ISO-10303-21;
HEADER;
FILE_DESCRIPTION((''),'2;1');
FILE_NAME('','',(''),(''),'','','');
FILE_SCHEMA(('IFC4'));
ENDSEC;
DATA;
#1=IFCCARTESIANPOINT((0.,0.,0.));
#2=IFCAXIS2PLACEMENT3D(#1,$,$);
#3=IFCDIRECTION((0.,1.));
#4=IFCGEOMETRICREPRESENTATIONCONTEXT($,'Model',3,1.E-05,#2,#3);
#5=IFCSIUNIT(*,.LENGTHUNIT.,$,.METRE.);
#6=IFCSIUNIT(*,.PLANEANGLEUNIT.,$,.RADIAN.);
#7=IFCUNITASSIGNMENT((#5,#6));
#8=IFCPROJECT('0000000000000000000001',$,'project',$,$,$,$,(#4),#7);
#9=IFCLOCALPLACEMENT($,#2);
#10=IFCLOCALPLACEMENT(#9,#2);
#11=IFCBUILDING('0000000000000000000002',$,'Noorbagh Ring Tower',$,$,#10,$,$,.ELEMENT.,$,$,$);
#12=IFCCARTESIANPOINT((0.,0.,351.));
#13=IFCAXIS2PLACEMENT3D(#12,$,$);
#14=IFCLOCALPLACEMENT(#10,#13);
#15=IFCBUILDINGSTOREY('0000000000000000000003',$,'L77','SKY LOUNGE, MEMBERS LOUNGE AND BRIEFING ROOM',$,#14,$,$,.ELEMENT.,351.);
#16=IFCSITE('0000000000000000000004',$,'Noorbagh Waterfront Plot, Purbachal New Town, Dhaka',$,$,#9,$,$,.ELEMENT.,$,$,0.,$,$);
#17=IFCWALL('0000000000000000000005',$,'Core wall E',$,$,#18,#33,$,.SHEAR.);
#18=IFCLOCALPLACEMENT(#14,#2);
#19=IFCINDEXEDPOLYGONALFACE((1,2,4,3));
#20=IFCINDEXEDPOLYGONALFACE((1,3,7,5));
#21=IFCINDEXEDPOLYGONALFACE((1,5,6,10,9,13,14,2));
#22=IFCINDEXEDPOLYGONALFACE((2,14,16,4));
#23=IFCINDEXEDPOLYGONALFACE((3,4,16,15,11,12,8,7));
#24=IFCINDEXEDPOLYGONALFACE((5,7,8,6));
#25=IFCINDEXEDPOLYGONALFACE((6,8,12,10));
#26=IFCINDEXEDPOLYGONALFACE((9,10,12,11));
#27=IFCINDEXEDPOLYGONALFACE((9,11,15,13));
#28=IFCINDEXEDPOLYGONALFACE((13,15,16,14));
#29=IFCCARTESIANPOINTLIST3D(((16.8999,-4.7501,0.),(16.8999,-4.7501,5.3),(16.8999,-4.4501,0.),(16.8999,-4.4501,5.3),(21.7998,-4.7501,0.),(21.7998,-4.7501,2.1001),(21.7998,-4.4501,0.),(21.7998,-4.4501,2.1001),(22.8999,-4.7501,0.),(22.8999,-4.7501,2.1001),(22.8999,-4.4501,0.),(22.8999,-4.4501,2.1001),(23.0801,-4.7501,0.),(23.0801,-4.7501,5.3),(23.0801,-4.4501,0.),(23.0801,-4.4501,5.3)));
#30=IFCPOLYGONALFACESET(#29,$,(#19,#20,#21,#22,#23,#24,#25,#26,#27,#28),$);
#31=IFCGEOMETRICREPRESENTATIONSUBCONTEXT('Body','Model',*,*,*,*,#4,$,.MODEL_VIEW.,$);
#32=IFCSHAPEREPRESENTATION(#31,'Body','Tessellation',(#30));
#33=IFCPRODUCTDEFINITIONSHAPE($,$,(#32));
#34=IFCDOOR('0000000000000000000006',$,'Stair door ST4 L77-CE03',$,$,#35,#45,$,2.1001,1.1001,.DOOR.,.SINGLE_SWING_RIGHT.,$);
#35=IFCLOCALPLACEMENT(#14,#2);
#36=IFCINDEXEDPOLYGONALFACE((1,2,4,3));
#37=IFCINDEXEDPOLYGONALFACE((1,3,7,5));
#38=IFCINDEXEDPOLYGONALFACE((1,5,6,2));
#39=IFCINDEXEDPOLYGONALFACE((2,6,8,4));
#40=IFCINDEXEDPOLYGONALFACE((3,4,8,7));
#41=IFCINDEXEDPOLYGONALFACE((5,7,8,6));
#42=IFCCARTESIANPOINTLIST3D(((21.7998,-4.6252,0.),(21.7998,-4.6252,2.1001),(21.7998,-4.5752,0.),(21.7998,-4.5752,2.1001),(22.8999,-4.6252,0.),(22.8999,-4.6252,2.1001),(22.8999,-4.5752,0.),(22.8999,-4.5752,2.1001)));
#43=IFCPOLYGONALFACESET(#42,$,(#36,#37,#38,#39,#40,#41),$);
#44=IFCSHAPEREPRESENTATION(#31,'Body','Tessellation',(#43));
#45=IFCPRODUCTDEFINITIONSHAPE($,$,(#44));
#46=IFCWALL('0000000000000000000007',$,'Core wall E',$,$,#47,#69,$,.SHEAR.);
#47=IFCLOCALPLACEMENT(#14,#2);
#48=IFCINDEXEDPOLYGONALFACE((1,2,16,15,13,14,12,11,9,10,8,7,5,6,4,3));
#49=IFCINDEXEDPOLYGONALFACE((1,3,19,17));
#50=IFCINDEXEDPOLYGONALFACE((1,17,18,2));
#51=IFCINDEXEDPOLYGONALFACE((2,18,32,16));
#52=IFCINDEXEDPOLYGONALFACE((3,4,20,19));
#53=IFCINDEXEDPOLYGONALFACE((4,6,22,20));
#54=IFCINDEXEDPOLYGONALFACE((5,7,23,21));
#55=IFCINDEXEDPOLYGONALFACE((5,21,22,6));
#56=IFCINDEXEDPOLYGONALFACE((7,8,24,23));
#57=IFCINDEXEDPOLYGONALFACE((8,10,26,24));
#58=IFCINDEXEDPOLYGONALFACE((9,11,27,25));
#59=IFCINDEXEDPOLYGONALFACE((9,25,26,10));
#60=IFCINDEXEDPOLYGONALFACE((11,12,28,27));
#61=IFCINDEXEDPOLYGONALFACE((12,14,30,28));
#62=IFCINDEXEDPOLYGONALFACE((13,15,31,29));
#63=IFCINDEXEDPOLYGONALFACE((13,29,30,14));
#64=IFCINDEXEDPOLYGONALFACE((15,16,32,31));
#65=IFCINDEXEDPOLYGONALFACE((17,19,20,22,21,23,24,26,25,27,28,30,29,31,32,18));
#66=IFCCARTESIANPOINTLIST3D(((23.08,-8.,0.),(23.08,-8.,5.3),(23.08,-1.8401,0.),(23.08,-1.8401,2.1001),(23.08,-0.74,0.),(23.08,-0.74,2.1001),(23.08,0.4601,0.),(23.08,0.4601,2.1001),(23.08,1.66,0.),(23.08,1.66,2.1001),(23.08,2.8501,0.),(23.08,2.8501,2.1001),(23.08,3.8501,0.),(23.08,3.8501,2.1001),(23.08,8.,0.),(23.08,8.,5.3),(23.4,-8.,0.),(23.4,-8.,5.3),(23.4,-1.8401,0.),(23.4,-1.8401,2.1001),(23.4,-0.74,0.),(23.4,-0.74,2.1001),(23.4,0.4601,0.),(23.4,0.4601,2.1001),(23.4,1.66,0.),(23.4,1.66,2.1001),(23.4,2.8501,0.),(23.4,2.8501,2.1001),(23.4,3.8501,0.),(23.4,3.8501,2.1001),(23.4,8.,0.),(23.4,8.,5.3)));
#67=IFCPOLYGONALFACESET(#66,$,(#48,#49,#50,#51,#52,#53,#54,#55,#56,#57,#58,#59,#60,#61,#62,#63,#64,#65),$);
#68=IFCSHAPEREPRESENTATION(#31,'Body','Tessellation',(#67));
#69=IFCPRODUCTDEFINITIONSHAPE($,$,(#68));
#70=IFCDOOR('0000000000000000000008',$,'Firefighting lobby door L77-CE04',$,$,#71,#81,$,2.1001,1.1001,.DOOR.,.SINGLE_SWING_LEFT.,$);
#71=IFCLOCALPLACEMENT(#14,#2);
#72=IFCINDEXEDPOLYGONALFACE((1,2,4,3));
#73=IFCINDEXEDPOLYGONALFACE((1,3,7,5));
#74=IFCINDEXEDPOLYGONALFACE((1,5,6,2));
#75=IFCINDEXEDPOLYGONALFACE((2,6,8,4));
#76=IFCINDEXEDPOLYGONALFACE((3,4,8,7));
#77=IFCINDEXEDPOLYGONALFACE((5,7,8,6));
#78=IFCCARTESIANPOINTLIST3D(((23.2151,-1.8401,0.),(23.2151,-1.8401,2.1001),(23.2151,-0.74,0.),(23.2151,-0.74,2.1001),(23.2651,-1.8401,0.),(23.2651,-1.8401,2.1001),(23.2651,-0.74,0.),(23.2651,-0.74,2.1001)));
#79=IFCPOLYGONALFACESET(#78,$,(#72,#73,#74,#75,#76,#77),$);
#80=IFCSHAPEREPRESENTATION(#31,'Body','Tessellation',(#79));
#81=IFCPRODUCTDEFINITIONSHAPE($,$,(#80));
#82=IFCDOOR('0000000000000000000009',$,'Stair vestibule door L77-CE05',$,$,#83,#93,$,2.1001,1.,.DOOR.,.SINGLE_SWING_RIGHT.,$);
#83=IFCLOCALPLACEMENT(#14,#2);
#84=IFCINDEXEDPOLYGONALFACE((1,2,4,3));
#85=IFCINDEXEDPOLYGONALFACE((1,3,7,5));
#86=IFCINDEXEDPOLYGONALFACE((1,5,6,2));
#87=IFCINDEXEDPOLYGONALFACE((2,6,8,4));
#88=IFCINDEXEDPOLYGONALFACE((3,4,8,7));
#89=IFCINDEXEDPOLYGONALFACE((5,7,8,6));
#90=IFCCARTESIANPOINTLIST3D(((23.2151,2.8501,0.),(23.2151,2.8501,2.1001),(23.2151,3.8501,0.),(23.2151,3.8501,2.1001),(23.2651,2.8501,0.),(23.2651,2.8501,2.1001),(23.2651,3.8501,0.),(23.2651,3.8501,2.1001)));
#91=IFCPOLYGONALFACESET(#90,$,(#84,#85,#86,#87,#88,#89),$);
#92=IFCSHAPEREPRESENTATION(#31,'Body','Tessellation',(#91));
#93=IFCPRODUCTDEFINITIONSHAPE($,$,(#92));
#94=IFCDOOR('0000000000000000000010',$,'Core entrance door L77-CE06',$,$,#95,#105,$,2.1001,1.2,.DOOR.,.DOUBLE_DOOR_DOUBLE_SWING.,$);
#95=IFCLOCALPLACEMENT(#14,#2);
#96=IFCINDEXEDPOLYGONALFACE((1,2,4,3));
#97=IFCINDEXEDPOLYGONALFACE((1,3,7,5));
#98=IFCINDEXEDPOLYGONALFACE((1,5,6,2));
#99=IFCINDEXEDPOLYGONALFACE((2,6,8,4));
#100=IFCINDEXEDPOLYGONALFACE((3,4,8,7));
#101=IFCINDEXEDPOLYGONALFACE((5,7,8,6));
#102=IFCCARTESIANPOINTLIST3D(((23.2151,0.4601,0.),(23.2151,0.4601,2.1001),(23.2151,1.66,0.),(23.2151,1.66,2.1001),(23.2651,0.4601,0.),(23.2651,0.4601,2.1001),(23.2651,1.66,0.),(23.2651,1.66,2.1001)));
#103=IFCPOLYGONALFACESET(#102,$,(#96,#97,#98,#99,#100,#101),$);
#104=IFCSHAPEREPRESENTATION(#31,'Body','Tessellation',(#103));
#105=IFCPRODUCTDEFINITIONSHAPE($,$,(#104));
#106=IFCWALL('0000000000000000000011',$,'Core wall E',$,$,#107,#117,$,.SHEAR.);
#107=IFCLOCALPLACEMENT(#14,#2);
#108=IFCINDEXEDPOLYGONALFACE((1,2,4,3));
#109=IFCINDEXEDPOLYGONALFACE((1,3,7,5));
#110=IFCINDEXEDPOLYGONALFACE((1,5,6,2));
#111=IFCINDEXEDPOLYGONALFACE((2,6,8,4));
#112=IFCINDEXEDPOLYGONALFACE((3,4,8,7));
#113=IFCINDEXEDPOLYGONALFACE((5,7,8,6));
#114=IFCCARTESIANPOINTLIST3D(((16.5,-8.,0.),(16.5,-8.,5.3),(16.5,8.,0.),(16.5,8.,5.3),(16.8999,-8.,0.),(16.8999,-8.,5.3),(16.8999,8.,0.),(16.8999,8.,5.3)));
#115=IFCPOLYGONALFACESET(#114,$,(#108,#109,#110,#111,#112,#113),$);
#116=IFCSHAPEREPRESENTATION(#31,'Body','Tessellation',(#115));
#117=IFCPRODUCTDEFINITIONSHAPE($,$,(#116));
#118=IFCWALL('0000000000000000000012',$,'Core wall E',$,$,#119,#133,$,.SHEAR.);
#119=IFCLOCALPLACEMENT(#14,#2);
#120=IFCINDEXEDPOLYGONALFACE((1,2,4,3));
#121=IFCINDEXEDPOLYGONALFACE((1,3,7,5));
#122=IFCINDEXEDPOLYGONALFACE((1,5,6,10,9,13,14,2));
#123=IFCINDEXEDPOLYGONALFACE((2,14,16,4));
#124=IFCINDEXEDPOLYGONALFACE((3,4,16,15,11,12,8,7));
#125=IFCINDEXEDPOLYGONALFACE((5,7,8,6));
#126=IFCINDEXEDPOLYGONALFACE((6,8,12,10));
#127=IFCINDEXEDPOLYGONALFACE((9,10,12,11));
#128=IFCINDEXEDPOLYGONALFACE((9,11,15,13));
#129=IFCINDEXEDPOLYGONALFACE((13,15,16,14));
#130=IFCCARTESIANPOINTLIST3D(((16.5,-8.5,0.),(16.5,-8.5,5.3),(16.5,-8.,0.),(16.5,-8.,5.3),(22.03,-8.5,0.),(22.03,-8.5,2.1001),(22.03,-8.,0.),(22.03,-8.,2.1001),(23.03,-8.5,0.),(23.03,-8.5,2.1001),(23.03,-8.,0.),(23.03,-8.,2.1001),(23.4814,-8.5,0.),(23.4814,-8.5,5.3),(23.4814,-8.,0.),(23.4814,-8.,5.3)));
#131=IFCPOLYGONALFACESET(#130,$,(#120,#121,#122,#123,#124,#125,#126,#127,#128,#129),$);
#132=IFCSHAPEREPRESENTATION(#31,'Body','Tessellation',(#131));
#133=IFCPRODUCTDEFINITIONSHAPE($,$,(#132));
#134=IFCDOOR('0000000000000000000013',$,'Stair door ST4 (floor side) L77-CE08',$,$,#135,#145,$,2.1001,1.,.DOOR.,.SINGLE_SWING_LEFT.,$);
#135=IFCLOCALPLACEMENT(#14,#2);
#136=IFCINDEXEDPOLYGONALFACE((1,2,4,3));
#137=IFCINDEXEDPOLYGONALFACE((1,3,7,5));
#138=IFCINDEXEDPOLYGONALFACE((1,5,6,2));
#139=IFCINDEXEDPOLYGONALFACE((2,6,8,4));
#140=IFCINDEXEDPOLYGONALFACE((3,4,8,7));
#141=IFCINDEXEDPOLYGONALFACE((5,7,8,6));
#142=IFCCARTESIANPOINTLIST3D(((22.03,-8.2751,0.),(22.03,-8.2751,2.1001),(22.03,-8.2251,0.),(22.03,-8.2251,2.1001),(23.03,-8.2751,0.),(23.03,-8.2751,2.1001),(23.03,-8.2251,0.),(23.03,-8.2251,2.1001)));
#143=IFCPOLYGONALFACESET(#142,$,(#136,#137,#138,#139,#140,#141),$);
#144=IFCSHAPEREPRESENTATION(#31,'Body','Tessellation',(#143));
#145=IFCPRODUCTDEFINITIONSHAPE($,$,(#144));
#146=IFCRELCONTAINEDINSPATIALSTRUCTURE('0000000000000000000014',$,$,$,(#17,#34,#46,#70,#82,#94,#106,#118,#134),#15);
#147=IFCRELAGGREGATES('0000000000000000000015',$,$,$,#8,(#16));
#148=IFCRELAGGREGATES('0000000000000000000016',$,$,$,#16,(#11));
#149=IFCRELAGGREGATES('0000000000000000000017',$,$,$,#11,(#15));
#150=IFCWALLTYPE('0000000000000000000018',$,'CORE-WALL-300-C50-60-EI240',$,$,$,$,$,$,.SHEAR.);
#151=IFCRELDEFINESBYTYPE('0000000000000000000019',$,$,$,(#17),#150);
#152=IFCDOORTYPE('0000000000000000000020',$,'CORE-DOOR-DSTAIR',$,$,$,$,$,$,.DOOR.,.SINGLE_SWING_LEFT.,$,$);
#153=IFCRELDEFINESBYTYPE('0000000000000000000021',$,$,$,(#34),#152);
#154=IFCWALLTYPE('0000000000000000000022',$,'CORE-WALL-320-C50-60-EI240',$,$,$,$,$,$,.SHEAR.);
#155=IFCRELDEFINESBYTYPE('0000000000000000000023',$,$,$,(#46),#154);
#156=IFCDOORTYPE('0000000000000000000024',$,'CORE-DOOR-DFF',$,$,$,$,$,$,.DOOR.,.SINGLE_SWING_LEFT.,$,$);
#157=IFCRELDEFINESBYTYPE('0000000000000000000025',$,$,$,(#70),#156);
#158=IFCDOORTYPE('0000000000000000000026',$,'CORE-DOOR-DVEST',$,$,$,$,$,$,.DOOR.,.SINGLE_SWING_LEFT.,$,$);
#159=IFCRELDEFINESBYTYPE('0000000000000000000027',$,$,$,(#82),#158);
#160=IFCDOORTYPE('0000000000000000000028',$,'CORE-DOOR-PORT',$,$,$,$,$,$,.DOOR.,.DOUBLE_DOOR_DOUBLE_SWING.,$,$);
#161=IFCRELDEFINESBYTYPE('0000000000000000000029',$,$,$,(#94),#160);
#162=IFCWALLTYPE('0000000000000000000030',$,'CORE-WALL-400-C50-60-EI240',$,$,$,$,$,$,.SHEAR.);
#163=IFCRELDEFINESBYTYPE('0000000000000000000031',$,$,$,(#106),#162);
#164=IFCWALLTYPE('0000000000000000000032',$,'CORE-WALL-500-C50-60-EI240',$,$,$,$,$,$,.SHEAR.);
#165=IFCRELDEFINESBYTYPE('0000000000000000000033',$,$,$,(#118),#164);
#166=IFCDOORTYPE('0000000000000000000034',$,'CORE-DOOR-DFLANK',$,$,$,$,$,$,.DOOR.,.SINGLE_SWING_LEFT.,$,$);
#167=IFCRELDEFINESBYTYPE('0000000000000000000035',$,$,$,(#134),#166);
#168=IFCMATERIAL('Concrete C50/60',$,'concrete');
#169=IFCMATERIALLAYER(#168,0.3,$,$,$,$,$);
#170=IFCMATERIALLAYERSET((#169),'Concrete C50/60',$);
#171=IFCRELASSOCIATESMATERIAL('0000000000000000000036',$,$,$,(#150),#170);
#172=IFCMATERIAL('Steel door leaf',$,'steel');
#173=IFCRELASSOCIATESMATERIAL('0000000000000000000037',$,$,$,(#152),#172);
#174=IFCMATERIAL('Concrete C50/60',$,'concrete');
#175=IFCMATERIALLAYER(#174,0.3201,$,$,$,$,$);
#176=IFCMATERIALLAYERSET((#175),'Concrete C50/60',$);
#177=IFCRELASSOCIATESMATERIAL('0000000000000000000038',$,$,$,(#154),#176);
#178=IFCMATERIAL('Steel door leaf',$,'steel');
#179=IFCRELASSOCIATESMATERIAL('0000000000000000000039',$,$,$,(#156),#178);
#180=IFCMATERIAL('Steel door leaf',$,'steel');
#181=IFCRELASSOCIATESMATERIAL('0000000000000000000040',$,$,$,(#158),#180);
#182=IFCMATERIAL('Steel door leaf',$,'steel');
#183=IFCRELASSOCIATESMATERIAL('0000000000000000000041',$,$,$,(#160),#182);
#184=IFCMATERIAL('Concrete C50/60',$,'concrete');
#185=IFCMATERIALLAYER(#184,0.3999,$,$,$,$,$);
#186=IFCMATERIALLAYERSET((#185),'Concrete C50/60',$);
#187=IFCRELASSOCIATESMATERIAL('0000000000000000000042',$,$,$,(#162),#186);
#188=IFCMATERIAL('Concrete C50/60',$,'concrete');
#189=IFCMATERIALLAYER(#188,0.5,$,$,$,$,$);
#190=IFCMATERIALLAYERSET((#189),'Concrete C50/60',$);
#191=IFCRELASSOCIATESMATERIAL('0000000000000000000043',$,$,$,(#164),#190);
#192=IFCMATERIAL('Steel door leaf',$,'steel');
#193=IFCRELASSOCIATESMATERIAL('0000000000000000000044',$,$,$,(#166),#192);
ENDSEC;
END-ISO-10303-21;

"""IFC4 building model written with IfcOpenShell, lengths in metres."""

from ifc_helpers import new_model, si_unit, direction, frame, frame_2d, origin, place, context, subcontext, project, spatial, rectangle, extrude, material, layer, layer_set, type_object, element, fill, save


model = new_model("IFC4")

# Units and contexts
model_context = context("Model", 3, precision=1e-05, world=origin(), true_north=direction((0.0, 1.0)))
body_context = subcontext(model_context, "Body", "Model", "MODEL_VIEW")
ifc_project = project(units=[si_unit("LENGTHUNIT", "METRE"), si_unit("PLANEANGLEUNIT", "RADIAN")], contexts=[model_context])

# Site, building, storey
site_placement = place(None, origin())
site = spatial("IfcSite", under=ifc_project, at=site_placement, Name="Noorbagh Waterfront Plot, Purbachal New Town, Dhaka", CompositionType="ELEMENT", RefElevation=0.0)
building_placement = place(site_placement, origin())
building = spatial("IfcBuilding", under=site, at=building_placement, Name="Noorbagh Ring Tower", CompositionType="ELEMENT")
storey_placement = place(building_placement, frame((0.0, 0.0, 351.0)))
storey = spatial("IfcBuildingStorey", under=building, at=storey_placement, Name="L77", Description="SKY LOUNGE, MEMBERS LOUNGE AND BRIEFING ROOM", CompositionType="ELEMENT", Elevation=351.0)

# Wall, opening, door
ifc_material_1 = material(Name="Concrete C50/60", Category="concrete")
ifc_layer_1 = layer(ifc_material_1, 0.3)
ifc_layer_set_1 = layer_set([ifc_layer_1], Name="Concrete C50/60")
wall_type_1 = type_object("IfcWallType", Name="CORE-WALL-300-C50-60-EI240", PredefinedType="SHEAR", material=ifc_layer_set_1)
wall_1_placement = place(storey_placement, frame((16.8999, -4.6001, 0.0), z_axis=(0.0, 0.0, 1.0), x_axis=(1.0, 0.0, 0.0)))
wall_1 = element("IfcWall", 1, at=wall_1_placement, inside=storey, type_object=wall_type_1, Name="Core wall E", PredefinedType="SHEAR", context=body_context, shape_type="SweptSolid", body=[
    extrude(rectangle(XDim=6.1802, YDim=0.3, at=frame_2d((3.0901, 0.0))), origin(), (0.0, 0.0, 1.0), 5.3),
])
opening_1_placement = place(wall_1_placement, frame((4.8999, 0.0, 0.0)))
opening_1 = element("IfcOpeningElement", 2, at=opening_1_placement, cuts=wall_1, PredefinedType="OPENING", context=body_context, shape_type="SweptSolid", body=[
    extrude(rectangle(XDim=1.1001, YDim=2.1001, at=frame_2d((0.55, 1.05))), frame((0.0, 0.1602, 0.0), z_axis=(0.0, -1.0, 0.0), x_axis=(1.0, 0.0, 0.0)), (0.0, 0.0, 1.0), 0.3201),
])
ifc_material_2 = material(Name="Steel door leaf", Category="steel")
door_type_1 = type_object("IfcDoorType", Name="CORE-DOOR-DSTAIR", OperationType="SINGLE_SWING_LEFT", PredefinedType="DOOR", material=ifc_material_2)
door_1_placement = place(opening_1_placement, origin())
door_1 = element("IfcDoor", 3, at=door_1_placement, inside=storey, type_object=door_type_1, Name="Stair door ST4 L77-CE03", OperationType="SINGLE_SWING_RIGHT", OverallHeight=2.1001, OverallWidth=1.1001, PredefinedType="DOOR", context=body_context, shape_type="SweptSolid", body=[
    extrude(rectangle(XDim=1.1001, YDim=2.1001, at=frame_2d((0.55, 1.05))), frame((0.0, 0.0249, 0.0), z_axis=(0.0, -1.0, 0.0), x_axis=(1.0, 0.0, 0.0)), (0.0, 0.0, 1.0), 0.05),
])
fill(opening_1, door_1)

# Wall, openings, doors
ifc_material_3 = material(Name="Concrete C50/60", Category="concrete")
ifc_layer_2 = layer(ifc_material_3, 0.3201)
ifc_layer_set_2 = layer_set([ifc_layer_2], Name="Concrete C50/60")
wall_type_2 = type_object("IfcWallType", Name="CORE-WALL-320-C50-60-EI240", PredefinedType="SHEAR", material=ifc_layer_set_2)
wall_2_placement = place(storey_placement, frame((23.24, -8.0, 0.0), z_axis=(0.0, 0.0, 1.0), x_axis=(0.0, 1.0, 0.0)))
wall_2 = element("IfcWall", 4, at=wall_2_placement, inside=storey, type_object=wall_type_2, Name="Core wall E", PredefinedType="SHEAR", context=body_context, shape_type="SweptSolid", body=[
    extrude(rectangle(XDim=16.0, YDim=0.3201, at=frame_2d((8.0, 0.0))), origin(), (0.0, 0.0, 1.0), 5.3),
])
opening_2_placement = place(wall_2_placement, frame((6.1599, 0.0, 0.0)))
opening_2 = element("IfcOpeningElement", 5, at=opening_2_placement, cuts=wall_2, PredefinedType="OPENING", context=body_context, shape_type="SweptSolid", body=[
    extrude(rectangle(XDim=1.1001, YDim=2.1001, at=frame_2d((0.55, 1.05))), frame((0.0, 0.1699, 0.0), z_axis=(0.0, -1.0, 0.0), x_axis=(1.0, 0.0, 0.0)), (0.0, 0.0, 1.0), 0.3401),
])
opening_3_placement = place(wall_2_placement, frame((10.8501, 0.0, 0.0)))
opening_3 = element("IfcOpeningElement", 6, at=opening_3_placement, cuts=wall_2, PredefinedType="OPENING", context=body_context, shape_type="SweptSolid", body=[
    extrude(rectangle(XDim=1.0, YDim=2.1001, at=frame_2d((0.5, 1.05))), frame((0.0, 0.1699, 0.0), z_axis=(0.0, -1.0, 0.0), x_axis=(1.0, 0.0, 0.0)), (0.0, 0.0, 1.0), 0.3401),
])
opening_4_placement = place(wall_2_placement, frame((8.46, 0.0, 0.0)))
opening_4 = element("IfcOpeningElement", 7, at=opening_4_placement, cuts=wall_2, PredefinedType="OPENING", context=body_context, shape_type="SweptSolid", body=[
    extrude(rectangle(XDim=1.2, YDim=2.1001, at=frame_2d((0.6001, 1.05))), frame((0.0, 0.1699, 0.0), z_axis=(0.0, -1.0, 0.0), x_axis=(1.0, 0.0, 0.0)), (0.0, 0.0, 1.0), 0.3401),
])
ifc_material_4 = material(Name="Steel door leaf", Category="steel")
door_type_2 = type_object("IfcDoorType", Name="CORE-DOOR-DFF", OperationType="SINGLE_SWING_LEFT", PredefinedType="DOOR", material=ifc_material_4)
door_2_placement = place(opening_2_placement, origin())
door_2 = element("IfcDoor", 8, at=door_2_placement, inside=storey, type_object=door_type_2, Name="Firefighting lobby door L77-CE04", OperationType="SINGLE_SWING_LEFT", OverallHeight=2.1001, OverallWidth=1.1001, PredefinedType="DOOR", context=body_context, shape_type="SweptSolid", body=[
    extrude(rectangle(XDim=1.1001, YDim=2.1001, at=frame_2d((0.55, 1.05))), frame((0.0, 0.0249, 0.0), z_axis=(0.0, -1.0, 0.0), x_axis=(1.0, 0.0, 0.0)), (0.0, 0.0, 1.0), 0.05),
])
fill(opening_2, door_2)
ifc_material_5 = material(Name="Steel door leaf", Category="steel")
door_type_3 = type_object("IfcDoorType", Name="CORE-DOOR-DVEST", OperationType="SINGLE_SWING_LEFT", PredefinedType="DOOR", material=ifc_material_5)
door_3_placement = place(opening_3_placement, origin())
door_3 = element("IfcDoor", 9, at=door_3_placement, inside=storey, type_object=door_type_3, Name="Stair vestibule door L77-CE05", OperationType="SINGLE_SWING_RIGHT", OverallHeight=2.1001, OverallWidth=1.0, PredefinedType="DOOR", context=body_context, shape_type="SweptSolid", body=[
    extrude(rectangle(XDim=1.0, YDim=2.1001, at=frame_2d((0.5, 1.05))), frame((0.0, 0.0249, 0.0), z_axis=(0.0, -1.0, 0.0), x_axis=(1.0, 0.0, 0.0)), (0.0, 0.0, 1.0), 0.05),
])
fill(opening_3, door_3)
ifc_material_6 = material(Name="Steel door leaf", Category="steel")
door_type_4 = type_object("IfcDoorType", Name="CORE-DOOR-PORT", OperationType="DOUBLE_DOOR_DOUBLE_SWING", PredefinedType="DOOR", material=ifc_material_6)
door_4_placement = place(opening_4_placement, origin())
door_4 = element("IfcDoor", 10, at=door_4_placement, inside=storey, type_object=door_type_4, Name="Core entrance door L77-CE06", OperationType="DOUBLE_DOOR_DOUBLE_SWING", OverallHeight=2.1001, OverallWidth=1.2, PredefinedType="DOOR", context=body_context, shape_type="SweptSolid", body=[
    extrude(rectangle(XDim=1.2, YDim=2.1001, at=frame_2d((0.6001, 1.05))), frame((0.0, 0.0249, 0.0), z_axis=(0.0, -1.0, 0.0), x_axis=(1.0, 0.0, 0.0)), (0.0, 0.0, 1.0), 0.05),
])
fill(opening_4, door_4)

# Wall
ifc_material_7 = material(Name="Concrete C50/60", Category="concrete")
ifc_layer_3 = layer(ifc_material_7, 0.3999)
ifc_layer_set_3 = layer_set([ifc_layer_3], Name="Concrete C50/60")
wall_type_3 = type_object("IfcWallType", Name="CORE-WALL-400-C50-60-EI240", PredefinedType="SHEAR", material=ifc_layer_set_3)
wall_3_placement = place(storey_placement, frame((16.7, -8.0, 0.0), z_axis=(0.0, 0.0, 1.0), x_axis=(0.0, 1.0, 0.0)))
element("IfcWall", 11, at=wall_3_placement, inside=storey, type_object=wall_type_3, Name="Core wall E", PredefinedType="SHEAR", context=body_context, shape_type="SweptSolid", body=[
    extrude(rectangle(XDim=16.0, YDim=0.3999, at=frame_2d((8.0, 0.0))), origin(), (0.0, 0.0, 1.0), 5.3),
])

# Wall, opening, door
ifc_material_8 = material(Name="Concrete C50/60", Category="concrete")
ifc_layer_4 = layer(ifc_material_8, 0.5)
ifc_layer_set_4 = layer_set([ifc_layer_4], Name="Concrete C50/60")
wall_type_4 = type_object("IfcWallType", Name="CORE-WALL-500-C50-60-EI240", PredefinedType="SHEAR", material=ifc_layer_set_4)
wall_4_placement = place(storey_placement, frame((16.5, -8.25, 0.0), z_axis=(0.0, 0.0, 1.0), x_axis=(1.0, 0.0, 0.0)))
wall_4 = element("IfcWall", 12, at=wall_4_placement, inside=storey, type_object=wall_type_4, Name="Core wall E", PredefinedType="SHEAR", context=body_context, shape_type="SweptSolid", body=[
    extrude(rectangle(XDim=6.9814, YDim=0.5, at=frame_2d((3.4907, 0.0))), origin(), (0.0, 0.0, 1.0), 5.3),
])
opening_5_placement = place(wall_4_placement, frame((5.53, 0.0, 0.0)))
opening_5 = element("IfcOpeningElement", 13, at=opening_5_placement, cuts=wall_4, PredefinedType="OPENING", context=body_context, shape_type="SweptSolid", body=[
    extrude(rectangle(XDim=1.0, YDim=2.1001, at=frame_2d((0.5, 1.05))), frame((0.0, 0.26, 0.0), z_axis=(0.0, -1.0, 0.0), x_axis=(1.0, 0.0, 0.0)), (0.0, 0.0, 1.0), 0.52),
])
ifc_material_9 = material(Name="Steel door leaf", Category="steel")
door_type_5 = type_object("IfcDoorType", Name="CORE-DOOR-DFLANK", OperationType="SINGLE_SWING_LEFT", PredefinedType="DOOR", material=ifc_material_9)
door_5_placement = place(opening_5_placement, origin())
door_5 = element("IfcDoor", 14, at=door_5_placement, inside=storey, type_object=door_type_5, Name="Stair door ST4 (floor side) L77-CE08", OperationType="SINGLE_SWING_LEFT", OverallHeight=2.1001, OverallWidth=1.0, PredefinedType="DOOR", context=body_context, shape_type="SweptSolid", body=[
    extrude(rectangle(XDim=1.0, YDim=2.1001, at=frame_2d((0.5, 1.05))), frame((0.0, 0.0249, 0.0), z_axis=(0.0, -1.0, 0.0), x_axis=(1.0, 0.0, 0.0)), (0.0, 0.0, 1.0), 0.05),
])
fill(opening_5, door_5)

save(model, "model.ifc")
